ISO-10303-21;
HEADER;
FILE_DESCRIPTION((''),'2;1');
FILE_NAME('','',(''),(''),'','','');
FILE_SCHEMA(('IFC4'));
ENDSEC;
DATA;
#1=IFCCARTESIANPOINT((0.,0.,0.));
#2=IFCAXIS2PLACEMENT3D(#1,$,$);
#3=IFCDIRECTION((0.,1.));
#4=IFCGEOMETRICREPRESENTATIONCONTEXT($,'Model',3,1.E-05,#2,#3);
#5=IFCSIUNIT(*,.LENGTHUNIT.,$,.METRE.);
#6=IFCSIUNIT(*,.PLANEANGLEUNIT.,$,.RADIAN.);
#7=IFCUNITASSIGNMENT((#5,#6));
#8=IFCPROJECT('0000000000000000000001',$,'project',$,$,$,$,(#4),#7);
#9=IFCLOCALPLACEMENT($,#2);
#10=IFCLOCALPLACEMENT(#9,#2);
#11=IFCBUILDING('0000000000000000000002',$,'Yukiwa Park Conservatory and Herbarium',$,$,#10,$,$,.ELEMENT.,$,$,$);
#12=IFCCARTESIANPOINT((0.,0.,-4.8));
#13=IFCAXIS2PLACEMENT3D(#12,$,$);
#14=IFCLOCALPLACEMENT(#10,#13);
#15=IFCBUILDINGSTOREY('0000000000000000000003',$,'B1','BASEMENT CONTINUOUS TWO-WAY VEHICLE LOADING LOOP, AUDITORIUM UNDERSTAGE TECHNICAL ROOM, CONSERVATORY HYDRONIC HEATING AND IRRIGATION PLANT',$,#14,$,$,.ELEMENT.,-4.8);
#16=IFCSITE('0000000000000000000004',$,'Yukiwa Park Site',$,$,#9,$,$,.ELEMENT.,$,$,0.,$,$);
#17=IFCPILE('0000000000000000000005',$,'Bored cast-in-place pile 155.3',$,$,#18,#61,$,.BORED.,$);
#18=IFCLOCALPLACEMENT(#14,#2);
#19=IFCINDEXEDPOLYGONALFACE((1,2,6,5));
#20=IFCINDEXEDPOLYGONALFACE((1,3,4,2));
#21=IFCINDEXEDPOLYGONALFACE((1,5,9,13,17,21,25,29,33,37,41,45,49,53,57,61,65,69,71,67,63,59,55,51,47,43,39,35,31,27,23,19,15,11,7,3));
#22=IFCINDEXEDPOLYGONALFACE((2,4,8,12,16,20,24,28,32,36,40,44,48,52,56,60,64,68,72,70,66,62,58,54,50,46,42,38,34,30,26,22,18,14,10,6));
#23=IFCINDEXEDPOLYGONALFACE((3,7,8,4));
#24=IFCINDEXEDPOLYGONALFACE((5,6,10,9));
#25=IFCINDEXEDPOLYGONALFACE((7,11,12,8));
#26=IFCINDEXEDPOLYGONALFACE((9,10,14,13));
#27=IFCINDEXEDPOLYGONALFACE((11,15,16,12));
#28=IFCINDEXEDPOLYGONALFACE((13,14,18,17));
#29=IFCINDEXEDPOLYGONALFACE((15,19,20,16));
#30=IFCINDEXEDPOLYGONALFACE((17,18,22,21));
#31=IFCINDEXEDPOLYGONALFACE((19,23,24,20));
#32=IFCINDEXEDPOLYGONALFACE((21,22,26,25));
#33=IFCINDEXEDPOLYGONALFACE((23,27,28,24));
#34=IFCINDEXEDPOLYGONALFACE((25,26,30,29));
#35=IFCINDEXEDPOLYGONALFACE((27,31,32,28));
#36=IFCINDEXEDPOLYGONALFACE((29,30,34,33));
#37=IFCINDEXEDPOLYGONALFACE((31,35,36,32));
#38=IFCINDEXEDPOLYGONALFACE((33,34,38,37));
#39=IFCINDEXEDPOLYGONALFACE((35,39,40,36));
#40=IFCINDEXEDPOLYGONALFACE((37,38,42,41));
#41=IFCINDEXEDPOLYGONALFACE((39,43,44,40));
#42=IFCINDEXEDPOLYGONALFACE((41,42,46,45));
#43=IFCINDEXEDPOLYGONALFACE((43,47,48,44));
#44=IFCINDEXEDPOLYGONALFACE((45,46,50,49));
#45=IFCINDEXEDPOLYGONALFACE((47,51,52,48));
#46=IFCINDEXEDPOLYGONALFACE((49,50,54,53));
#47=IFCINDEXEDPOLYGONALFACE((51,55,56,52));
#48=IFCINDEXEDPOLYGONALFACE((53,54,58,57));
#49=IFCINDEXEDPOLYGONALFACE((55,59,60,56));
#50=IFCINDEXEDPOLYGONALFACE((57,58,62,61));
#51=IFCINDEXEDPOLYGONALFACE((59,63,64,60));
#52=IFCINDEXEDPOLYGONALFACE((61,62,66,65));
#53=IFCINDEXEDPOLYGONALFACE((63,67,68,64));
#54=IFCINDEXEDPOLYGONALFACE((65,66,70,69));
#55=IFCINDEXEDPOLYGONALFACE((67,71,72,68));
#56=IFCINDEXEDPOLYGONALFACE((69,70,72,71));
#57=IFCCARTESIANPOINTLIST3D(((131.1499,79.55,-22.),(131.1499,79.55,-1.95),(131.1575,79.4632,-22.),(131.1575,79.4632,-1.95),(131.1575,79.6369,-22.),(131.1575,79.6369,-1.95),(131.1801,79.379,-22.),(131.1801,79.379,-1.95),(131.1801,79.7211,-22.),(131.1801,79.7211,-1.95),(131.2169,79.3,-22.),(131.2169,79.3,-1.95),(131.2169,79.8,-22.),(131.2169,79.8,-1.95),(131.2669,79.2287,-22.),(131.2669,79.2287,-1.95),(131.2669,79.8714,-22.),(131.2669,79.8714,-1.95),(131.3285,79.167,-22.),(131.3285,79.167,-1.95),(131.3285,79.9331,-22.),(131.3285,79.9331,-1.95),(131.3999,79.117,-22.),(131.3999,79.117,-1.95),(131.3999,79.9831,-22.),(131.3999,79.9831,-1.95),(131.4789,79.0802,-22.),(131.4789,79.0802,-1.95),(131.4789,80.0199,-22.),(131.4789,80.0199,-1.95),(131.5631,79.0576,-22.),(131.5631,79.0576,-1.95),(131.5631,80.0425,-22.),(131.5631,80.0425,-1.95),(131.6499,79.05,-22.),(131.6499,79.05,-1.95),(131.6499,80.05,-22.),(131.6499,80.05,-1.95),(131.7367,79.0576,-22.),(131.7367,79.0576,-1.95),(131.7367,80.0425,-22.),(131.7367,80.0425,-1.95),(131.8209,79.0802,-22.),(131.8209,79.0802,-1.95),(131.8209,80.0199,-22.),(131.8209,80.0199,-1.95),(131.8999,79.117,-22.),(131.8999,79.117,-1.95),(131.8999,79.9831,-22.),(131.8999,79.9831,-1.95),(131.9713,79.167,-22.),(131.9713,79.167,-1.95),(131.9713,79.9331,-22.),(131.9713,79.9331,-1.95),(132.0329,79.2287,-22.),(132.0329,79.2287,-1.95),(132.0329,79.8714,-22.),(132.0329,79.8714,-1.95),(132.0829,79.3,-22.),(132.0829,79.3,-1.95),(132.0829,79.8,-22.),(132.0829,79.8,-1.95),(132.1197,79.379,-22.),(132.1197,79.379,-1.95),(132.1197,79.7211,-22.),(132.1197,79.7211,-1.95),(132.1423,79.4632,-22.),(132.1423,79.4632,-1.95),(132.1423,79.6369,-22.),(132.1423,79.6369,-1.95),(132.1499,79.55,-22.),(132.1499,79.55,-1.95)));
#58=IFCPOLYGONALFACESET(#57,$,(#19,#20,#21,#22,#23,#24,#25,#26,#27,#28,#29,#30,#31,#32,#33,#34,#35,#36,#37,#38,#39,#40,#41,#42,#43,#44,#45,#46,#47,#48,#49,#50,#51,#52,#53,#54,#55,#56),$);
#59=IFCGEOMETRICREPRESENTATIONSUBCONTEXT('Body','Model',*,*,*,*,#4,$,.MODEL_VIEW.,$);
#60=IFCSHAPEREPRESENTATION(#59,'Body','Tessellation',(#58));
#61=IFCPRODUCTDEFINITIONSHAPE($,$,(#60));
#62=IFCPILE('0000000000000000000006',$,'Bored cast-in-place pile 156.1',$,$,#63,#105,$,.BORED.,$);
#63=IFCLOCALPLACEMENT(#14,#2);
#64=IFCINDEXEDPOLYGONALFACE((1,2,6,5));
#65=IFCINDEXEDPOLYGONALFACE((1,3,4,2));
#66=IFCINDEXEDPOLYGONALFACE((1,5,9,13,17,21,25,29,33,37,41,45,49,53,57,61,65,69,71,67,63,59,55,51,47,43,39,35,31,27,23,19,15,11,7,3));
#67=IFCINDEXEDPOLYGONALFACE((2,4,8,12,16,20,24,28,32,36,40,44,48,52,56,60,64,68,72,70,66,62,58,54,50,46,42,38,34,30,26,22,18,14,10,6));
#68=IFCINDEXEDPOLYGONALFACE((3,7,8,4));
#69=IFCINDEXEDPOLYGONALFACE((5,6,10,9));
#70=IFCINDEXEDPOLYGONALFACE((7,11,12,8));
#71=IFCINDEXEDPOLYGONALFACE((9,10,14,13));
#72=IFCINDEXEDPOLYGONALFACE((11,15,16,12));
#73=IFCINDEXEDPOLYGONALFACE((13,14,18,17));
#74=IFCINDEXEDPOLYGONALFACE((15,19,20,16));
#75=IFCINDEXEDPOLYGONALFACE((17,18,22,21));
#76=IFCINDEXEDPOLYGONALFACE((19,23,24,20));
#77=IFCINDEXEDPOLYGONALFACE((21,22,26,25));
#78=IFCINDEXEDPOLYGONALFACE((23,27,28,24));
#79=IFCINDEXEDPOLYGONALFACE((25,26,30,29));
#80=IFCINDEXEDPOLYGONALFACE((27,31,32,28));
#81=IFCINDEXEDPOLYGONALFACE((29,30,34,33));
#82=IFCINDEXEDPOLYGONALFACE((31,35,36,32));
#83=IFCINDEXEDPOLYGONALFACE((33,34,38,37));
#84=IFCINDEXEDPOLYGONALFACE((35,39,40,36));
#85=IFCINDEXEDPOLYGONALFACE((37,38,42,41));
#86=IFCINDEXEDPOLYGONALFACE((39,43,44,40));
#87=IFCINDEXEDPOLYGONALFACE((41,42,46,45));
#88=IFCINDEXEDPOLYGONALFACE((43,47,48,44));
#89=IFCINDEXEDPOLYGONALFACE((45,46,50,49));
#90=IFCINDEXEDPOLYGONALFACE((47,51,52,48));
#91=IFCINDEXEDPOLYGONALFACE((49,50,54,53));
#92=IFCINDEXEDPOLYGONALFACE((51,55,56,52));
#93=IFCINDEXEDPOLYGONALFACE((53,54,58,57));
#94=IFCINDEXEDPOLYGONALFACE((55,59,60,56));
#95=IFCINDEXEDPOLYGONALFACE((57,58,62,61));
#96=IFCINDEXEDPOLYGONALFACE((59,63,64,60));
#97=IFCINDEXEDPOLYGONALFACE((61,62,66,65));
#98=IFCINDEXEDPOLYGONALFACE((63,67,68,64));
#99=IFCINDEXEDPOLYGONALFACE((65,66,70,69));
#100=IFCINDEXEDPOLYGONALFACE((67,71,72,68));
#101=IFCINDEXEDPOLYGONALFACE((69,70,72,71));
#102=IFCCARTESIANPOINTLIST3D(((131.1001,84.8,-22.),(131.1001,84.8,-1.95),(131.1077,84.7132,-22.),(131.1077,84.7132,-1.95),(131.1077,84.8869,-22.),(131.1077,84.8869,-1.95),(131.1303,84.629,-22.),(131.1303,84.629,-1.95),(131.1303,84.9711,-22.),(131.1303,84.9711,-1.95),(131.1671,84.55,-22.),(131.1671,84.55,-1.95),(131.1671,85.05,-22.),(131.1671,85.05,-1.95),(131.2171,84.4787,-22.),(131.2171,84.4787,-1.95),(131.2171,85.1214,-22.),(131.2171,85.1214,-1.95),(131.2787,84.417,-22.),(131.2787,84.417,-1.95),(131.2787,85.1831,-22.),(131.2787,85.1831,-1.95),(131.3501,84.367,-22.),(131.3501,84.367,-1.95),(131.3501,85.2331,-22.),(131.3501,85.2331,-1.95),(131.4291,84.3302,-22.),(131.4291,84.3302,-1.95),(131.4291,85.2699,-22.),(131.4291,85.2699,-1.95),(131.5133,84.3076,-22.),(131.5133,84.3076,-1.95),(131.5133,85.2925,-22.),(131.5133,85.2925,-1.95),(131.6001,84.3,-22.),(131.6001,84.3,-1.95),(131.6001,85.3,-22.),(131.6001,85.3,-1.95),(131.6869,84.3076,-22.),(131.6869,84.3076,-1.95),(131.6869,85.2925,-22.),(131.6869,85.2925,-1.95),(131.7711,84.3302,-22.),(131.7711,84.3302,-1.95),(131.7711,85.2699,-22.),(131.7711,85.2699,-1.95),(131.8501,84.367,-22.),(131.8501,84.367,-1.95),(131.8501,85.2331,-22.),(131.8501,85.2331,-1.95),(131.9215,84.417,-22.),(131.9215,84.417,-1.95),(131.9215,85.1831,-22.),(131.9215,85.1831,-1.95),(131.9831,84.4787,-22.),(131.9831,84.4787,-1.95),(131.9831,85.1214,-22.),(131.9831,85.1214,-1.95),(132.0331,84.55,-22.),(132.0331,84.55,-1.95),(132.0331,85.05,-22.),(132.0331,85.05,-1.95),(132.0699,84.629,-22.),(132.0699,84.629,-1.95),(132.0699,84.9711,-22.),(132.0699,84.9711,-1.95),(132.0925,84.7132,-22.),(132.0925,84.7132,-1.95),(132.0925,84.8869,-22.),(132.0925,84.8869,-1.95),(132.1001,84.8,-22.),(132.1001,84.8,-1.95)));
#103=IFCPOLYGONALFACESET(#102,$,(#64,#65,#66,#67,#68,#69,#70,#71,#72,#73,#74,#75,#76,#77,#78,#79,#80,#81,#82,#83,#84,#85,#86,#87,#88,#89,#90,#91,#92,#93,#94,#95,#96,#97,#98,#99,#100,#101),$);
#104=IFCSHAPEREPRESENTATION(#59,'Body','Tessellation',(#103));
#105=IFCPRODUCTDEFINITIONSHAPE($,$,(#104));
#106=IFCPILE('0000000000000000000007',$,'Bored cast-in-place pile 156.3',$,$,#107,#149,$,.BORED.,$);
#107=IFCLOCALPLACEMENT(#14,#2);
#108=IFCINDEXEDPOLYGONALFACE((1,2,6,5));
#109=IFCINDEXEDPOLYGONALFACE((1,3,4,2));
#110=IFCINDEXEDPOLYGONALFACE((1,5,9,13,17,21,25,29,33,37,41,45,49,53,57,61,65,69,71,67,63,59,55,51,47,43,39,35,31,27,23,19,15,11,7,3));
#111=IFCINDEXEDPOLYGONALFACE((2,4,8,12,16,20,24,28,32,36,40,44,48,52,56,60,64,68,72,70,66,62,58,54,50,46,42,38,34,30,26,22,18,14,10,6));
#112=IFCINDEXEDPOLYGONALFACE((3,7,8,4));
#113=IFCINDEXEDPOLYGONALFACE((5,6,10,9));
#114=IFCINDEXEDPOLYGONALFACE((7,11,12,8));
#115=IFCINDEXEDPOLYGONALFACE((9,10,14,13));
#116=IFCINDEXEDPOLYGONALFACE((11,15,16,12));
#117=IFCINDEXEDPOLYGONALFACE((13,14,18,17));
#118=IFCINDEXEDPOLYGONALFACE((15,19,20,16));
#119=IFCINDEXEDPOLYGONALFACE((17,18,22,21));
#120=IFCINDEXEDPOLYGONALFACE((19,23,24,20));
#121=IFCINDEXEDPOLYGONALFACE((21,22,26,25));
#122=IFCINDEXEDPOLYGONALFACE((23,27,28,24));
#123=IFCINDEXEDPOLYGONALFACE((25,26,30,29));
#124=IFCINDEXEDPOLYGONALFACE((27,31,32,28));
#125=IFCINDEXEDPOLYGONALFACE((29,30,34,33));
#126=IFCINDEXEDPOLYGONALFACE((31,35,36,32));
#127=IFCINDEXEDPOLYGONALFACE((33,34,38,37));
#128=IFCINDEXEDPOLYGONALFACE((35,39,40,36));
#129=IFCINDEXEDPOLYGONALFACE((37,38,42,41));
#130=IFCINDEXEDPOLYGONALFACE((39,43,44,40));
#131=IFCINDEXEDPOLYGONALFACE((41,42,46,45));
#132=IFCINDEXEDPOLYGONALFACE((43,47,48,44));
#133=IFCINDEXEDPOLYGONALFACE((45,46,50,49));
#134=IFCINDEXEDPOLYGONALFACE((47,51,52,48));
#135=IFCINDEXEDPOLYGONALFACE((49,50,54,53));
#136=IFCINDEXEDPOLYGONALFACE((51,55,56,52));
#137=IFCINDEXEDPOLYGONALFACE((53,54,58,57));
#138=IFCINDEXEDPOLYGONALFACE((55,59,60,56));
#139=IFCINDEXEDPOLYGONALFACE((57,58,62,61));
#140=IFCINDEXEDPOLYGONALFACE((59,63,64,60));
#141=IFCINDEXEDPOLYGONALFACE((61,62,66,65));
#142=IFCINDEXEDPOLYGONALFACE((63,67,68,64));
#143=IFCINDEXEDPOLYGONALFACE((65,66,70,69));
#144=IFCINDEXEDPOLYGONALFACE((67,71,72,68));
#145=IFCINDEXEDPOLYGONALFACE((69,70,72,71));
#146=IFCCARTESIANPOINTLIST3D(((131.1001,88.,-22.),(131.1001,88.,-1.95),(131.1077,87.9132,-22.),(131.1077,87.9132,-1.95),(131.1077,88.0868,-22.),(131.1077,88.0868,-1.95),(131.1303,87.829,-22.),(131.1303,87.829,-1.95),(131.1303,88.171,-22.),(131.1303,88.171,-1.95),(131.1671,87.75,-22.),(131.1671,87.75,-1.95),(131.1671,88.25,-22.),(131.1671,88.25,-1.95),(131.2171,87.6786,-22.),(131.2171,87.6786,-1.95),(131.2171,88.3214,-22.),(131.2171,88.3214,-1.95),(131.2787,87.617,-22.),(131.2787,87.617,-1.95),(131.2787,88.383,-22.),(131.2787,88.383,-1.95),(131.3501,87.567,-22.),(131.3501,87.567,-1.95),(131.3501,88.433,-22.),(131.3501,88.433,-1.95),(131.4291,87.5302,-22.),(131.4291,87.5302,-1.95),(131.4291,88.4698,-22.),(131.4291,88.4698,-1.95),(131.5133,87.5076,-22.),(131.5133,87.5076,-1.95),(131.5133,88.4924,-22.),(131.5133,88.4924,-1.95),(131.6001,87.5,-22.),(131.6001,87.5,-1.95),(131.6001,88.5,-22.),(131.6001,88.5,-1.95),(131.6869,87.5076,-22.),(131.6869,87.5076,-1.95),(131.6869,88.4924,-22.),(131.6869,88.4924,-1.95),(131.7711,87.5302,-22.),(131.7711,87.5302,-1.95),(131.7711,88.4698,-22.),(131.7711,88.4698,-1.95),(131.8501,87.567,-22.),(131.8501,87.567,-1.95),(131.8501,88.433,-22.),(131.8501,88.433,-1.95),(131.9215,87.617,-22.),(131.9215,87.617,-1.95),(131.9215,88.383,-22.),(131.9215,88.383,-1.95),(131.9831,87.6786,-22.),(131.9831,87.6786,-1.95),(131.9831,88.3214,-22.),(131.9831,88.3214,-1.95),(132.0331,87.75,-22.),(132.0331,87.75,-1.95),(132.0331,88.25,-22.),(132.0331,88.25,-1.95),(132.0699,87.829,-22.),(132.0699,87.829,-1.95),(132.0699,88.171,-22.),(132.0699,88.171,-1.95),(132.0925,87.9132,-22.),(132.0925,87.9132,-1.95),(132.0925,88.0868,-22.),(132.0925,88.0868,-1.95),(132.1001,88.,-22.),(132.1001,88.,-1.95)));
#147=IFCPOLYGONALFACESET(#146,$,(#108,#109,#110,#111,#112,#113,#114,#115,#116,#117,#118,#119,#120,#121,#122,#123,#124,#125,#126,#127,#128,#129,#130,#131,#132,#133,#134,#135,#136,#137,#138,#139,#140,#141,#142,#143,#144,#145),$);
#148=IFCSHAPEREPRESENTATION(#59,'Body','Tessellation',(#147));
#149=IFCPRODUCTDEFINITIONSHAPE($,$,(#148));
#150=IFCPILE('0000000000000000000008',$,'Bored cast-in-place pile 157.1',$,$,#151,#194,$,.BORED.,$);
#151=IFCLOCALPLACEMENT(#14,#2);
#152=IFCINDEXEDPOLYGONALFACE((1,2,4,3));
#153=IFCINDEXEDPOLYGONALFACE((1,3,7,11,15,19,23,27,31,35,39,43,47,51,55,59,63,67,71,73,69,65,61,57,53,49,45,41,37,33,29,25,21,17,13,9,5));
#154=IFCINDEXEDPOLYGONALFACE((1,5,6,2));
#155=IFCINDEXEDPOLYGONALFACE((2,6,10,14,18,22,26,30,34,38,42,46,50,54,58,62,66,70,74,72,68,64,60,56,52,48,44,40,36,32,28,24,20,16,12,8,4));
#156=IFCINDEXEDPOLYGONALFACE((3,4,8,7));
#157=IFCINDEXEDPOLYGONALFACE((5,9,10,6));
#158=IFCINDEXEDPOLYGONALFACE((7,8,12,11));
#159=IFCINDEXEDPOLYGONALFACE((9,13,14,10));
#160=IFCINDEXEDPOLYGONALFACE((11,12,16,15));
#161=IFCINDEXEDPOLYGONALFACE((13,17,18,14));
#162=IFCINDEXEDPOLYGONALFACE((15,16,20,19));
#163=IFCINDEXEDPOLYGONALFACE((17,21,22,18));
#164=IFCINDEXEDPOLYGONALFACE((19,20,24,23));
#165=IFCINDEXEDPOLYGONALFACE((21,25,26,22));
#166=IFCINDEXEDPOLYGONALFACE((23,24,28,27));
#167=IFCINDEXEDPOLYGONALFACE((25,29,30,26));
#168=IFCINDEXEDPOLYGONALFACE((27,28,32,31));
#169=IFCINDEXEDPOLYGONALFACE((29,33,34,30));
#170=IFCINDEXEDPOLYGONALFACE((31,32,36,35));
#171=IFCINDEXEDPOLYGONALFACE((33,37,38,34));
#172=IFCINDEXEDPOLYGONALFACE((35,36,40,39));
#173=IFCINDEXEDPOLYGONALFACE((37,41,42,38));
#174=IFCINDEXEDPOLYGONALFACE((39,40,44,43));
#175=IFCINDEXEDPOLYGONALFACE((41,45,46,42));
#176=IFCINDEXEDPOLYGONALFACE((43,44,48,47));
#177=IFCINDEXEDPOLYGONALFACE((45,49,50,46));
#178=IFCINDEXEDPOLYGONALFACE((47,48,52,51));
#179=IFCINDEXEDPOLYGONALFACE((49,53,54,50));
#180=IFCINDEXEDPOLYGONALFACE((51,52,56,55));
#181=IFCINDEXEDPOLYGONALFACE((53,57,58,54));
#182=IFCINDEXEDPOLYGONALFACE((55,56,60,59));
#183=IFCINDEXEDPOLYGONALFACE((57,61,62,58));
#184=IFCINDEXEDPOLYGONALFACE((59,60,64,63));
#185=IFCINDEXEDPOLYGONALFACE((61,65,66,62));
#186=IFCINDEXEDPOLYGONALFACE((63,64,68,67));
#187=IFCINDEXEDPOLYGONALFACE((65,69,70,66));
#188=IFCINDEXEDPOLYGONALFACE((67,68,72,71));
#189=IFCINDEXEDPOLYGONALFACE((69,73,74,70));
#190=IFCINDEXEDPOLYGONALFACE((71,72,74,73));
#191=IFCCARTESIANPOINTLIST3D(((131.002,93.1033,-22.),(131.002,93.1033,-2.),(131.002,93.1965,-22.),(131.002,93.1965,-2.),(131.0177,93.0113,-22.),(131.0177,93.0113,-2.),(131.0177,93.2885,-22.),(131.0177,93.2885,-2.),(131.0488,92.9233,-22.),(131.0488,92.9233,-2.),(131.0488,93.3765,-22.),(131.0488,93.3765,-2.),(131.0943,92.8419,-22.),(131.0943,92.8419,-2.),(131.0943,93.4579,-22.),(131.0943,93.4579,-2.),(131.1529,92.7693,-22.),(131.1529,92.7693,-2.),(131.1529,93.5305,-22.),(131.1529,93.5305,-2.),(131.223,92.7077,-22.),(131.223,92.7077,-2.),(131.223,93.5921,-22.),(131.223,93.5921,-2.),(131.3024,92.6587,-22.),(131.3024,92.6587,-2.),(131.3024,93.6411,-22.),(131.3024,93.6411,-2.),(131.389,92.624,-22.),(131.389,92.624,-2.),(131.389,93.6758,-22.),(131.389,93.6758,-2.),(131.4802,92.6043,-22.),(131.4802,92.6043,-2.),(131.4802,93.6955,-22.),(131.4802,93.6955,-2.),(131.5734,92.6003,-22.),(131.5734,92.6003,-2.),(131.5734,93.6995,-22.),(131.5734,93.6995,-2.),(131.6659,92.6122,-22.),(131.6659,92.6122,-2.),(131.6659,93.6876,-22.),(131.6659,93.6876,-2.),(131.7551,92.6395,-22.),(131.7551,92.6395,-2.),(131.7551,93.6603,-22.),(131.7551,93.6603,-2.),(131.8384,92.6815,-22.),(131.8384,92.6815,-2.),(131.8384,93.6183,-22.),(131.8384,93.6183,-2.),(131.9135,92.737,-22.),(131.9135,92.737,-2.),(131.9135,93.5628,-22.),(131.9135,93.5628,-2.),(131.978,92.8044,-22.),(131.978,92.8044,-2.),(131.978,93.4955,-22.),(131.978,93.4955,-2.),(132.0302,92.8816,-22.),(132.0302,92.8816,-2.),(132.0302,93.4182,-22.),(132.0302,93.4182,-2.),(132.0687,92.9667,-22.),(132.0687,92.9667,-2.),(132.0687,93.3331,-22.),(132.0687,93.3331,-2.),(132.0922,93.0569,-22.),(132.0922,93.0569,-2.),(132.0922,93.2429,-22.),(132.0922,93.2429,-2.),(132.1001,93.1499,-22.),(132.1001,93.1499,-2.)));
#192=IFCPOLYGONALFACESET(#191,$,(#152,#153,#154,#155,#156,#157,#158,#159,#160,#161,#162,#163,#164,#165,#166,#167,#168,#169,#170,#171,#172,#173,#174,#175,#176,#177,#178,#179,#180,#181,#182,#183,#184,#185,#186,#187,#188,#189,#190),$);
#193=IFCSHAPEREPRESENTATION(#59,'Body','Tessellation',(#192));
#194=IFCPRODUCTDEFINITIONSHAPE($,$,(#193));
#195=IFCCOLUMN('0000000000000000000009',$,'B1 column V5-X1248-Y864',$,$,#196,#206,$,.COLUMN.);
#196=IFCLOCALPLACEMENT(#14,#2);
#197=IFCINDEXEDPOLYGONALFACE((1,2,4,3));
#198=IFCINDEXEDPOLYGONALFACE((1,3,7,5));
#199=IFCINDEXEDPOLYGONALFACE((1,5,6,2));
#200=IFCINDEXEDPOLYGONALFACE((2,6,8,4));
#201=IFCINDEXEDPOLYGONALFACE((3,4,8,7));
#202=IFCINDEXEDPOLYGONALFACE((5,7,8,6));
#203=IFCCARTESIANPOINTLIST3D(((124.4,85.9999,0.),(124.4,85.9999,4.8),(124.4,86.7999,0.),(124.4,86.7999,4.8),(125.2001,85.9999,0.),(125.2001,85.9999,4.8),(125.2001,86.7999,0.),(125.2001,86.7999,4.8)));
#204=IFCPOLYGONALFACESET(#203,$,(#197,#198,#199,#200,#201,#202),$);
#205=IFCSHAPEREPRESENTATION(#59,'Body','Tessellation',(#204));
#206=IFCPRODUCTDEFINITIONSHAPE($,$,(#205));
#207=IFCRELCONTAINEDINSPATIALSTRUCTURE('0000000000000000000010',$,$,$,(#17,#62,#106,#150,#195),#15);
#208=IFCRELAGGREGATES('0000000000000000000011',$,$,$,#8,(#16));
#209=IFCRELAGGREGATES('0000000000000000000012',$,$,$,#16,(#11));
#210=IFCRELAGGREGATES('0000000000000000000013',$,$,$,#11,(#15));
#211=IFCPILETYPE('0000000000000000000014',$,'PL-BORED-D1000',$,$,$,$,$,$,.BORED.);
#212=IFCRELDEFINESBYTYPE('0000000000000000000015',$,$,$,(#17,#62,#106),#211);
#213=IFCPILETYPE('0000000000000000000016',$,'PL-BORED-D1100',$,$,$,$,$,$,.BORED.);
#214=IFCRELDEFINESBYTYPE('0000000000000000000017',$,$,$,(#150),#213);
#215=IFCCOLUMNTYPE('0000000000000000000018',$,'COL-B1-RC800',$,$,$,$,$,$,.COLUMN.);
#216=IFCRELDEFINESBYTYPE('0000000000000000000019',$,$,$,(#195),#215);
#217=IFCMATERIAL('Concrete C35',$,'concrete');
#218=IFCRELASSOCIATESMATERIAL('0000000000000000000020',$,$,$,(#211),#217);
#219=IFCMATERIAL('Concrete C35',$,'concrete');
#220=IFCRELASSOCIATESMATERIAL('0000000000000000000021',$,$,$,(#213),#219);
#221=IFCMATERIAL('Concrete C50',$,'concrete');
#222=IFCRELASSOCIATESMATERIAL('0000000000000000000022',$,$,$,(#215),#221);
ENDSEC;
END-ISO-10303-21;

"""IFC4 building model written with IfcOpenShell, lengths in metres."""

from ifc_helpers import new_model, si_unit, direction, frame, origin, origin_2d, place, context, subcontext, project, spatial, rectangle, circle, extrude, material, material_profile, profile_set, type_object, element, save


model = new_model("IFC4")

# Units and contexts
model_context = context("Model", 3, precision=1e-05, world=origin(), true_north=direction((0.0, 1.0)))
body_context = subcontext(model_context, "Body", "Model", "MODEL_VIEW")
ifc_project = project(units=[si_unit("LENGTHUNIT", "METRE"), si_unit("PLANEANGLEUNIT", "RADIAN")], contexts=[model_context])

# Site, building, storey
site_placement = place(None, origin())
site = spatial("IfcSite", under=ifc_project, at=site_placement, Name="Yukiwa Park Site", CompositionType="ELEMENT", RefElevation=0.0)
building_placement = place(site_placement, origin())
building = spatial("IfcBuilding", under=site, at=building_placement, Name="Yukiwa Park Conservatory and Herbarium", CompositionType="ELEMENT")
storey_placement = place(building_placement, frame((0.0, 0.0, -4.8)))
storey = spatial("IfcBuildingStorey", under=building, at=storey_placement, Name="B1", Description="BASEMENT CONTINUOUS TWO-WAY VEHICLE LOADING LOOP, AUDITORIUM UNDERSTAGE TECHNICAL ROOM, CONSERVATORY HYDRONIC HEATING AND IRRIGATION PLANT", CompositionType="ELEMENT", Elevation=-4.8)

# Piles
ifc_material_1 = material(Name="Concrete C35", Category="concrete")
ifc_material_profile_1 = material_profile(ifc_material_1, circle(Radius=0.5, at=origin_2d()), Name="PILE D1000")
ifc_profile_set_1 = profile_set([ifc_material_profile_1], Name="Concrete C35")
pile_type_1 = type_object("IfcPileType", Name="PL-BORED-D1000", PredefinedType="BORED", material=ifc_profile_set_1)
for number, where, z_axis, x_axis, name in (
    (1, (131.6499, 79.55, -1.95), (0.0, 0.0, -1.0), (1.0, 0.0, 0.0), "Bored cast-in-place pile 155.3"),
    (2, (131.6001, 84.8, -1.95), (0.0, 0.0, -1.0), (1.0, 0.0, 0.0), "Bored cast-in-place pile 156.1"),
    (3, (131.6001, 88.0, -1.95), (0.0, 0.0, -1.0), (1.0, 0.0, 0.0), "Bored cast-in-place pile 156.3"),
):
    element("IfcPile", number, at=place(storey_placement, frame(where, z_axis=z_axis, x_axis=x_axis)), inside=storey, type_object=pile_type_1, Name=name, PredefinedType="BORED", context=body_context, shape_type="SweptSolid", body=[
        extrude(circle(Radius=0.5, at=origin_2d()), origin(), (0.0, 0.0, 1.0), 20.05),
    ])
ifc_material_2 = material(Name="Concrete C35", Category="concrete")
ifc_material_profile_2 = material_profile(ifc_material_2, circle(Radius=0.55, at=origin_2d()), Name="PILE D1100")
ifc_profile_set_2 = profile_set([ifc_material_profile_2], Name="Concrete C35")
pile_type_2 = type_object("IfcPileType", Name="PL-BORED-D1100", PredefinedType="BORED", material=ifc_profile_set_2)
pile_placement = place(storey_placement, frame((131.55, 93.1499, -2.0), z_axis=(0.0, 0.0, -1.0), x_axis=(1.0, 0.0, 0.0)))
element("IfcPile", 4, at=pile_placement, inside=storey, type_object=pile_type_2, Name="Bored cast-in-place pile 157.1", PredefinedType="BORED", context=body_context, shape_type="SweptSolid", body=[
    extrude(circle(Radius=0.55, at=origin_2d()), origin(), (0.0, 0.0, 1.0), 20.0),
])

# Column
ifc_material_3 = material(Name="Concrete C50", Category="concrete")
ifc_material_profile_3 = material_profile(ifc_material_3, rectangle(XDim=0.8, YDim=0.8, at=origin_2d()), Name="RC 800x800")
ifc_profile_set_3 = profile_set([ifc_material_profile_3], Name="Concrete C50")
column_type_1 = type_object("IfcColumnType", Name="COL-B1-RC800", PredefinedType="COLUMN", material=ifc_profile_set_3)
for number, where, z_axis, x_axis, name in (
    (5, (124.8, 86.3999, 0.0), (0.0, 0.0, 1.0), (1.0, 0.0, 0.0), "B1 column V5-X1248-Y864"),
):
    element("IfcColumn", number, at=place(storey_placement, frame(where, z_axis=z_axis, x_axis=x_axis)), inside=storey, type_object=column_type_1, Name=name, PredefinedType="COLUMN", context=body_context, shape_type="SweptSolid", body=[
        extrude(rectangle(XDim=0.8, YDim=0.8, at=origin_2d()), origin(), (0.0, 0.0, 1.0), 4.8),
    ])

save(model, "model.ifc")
